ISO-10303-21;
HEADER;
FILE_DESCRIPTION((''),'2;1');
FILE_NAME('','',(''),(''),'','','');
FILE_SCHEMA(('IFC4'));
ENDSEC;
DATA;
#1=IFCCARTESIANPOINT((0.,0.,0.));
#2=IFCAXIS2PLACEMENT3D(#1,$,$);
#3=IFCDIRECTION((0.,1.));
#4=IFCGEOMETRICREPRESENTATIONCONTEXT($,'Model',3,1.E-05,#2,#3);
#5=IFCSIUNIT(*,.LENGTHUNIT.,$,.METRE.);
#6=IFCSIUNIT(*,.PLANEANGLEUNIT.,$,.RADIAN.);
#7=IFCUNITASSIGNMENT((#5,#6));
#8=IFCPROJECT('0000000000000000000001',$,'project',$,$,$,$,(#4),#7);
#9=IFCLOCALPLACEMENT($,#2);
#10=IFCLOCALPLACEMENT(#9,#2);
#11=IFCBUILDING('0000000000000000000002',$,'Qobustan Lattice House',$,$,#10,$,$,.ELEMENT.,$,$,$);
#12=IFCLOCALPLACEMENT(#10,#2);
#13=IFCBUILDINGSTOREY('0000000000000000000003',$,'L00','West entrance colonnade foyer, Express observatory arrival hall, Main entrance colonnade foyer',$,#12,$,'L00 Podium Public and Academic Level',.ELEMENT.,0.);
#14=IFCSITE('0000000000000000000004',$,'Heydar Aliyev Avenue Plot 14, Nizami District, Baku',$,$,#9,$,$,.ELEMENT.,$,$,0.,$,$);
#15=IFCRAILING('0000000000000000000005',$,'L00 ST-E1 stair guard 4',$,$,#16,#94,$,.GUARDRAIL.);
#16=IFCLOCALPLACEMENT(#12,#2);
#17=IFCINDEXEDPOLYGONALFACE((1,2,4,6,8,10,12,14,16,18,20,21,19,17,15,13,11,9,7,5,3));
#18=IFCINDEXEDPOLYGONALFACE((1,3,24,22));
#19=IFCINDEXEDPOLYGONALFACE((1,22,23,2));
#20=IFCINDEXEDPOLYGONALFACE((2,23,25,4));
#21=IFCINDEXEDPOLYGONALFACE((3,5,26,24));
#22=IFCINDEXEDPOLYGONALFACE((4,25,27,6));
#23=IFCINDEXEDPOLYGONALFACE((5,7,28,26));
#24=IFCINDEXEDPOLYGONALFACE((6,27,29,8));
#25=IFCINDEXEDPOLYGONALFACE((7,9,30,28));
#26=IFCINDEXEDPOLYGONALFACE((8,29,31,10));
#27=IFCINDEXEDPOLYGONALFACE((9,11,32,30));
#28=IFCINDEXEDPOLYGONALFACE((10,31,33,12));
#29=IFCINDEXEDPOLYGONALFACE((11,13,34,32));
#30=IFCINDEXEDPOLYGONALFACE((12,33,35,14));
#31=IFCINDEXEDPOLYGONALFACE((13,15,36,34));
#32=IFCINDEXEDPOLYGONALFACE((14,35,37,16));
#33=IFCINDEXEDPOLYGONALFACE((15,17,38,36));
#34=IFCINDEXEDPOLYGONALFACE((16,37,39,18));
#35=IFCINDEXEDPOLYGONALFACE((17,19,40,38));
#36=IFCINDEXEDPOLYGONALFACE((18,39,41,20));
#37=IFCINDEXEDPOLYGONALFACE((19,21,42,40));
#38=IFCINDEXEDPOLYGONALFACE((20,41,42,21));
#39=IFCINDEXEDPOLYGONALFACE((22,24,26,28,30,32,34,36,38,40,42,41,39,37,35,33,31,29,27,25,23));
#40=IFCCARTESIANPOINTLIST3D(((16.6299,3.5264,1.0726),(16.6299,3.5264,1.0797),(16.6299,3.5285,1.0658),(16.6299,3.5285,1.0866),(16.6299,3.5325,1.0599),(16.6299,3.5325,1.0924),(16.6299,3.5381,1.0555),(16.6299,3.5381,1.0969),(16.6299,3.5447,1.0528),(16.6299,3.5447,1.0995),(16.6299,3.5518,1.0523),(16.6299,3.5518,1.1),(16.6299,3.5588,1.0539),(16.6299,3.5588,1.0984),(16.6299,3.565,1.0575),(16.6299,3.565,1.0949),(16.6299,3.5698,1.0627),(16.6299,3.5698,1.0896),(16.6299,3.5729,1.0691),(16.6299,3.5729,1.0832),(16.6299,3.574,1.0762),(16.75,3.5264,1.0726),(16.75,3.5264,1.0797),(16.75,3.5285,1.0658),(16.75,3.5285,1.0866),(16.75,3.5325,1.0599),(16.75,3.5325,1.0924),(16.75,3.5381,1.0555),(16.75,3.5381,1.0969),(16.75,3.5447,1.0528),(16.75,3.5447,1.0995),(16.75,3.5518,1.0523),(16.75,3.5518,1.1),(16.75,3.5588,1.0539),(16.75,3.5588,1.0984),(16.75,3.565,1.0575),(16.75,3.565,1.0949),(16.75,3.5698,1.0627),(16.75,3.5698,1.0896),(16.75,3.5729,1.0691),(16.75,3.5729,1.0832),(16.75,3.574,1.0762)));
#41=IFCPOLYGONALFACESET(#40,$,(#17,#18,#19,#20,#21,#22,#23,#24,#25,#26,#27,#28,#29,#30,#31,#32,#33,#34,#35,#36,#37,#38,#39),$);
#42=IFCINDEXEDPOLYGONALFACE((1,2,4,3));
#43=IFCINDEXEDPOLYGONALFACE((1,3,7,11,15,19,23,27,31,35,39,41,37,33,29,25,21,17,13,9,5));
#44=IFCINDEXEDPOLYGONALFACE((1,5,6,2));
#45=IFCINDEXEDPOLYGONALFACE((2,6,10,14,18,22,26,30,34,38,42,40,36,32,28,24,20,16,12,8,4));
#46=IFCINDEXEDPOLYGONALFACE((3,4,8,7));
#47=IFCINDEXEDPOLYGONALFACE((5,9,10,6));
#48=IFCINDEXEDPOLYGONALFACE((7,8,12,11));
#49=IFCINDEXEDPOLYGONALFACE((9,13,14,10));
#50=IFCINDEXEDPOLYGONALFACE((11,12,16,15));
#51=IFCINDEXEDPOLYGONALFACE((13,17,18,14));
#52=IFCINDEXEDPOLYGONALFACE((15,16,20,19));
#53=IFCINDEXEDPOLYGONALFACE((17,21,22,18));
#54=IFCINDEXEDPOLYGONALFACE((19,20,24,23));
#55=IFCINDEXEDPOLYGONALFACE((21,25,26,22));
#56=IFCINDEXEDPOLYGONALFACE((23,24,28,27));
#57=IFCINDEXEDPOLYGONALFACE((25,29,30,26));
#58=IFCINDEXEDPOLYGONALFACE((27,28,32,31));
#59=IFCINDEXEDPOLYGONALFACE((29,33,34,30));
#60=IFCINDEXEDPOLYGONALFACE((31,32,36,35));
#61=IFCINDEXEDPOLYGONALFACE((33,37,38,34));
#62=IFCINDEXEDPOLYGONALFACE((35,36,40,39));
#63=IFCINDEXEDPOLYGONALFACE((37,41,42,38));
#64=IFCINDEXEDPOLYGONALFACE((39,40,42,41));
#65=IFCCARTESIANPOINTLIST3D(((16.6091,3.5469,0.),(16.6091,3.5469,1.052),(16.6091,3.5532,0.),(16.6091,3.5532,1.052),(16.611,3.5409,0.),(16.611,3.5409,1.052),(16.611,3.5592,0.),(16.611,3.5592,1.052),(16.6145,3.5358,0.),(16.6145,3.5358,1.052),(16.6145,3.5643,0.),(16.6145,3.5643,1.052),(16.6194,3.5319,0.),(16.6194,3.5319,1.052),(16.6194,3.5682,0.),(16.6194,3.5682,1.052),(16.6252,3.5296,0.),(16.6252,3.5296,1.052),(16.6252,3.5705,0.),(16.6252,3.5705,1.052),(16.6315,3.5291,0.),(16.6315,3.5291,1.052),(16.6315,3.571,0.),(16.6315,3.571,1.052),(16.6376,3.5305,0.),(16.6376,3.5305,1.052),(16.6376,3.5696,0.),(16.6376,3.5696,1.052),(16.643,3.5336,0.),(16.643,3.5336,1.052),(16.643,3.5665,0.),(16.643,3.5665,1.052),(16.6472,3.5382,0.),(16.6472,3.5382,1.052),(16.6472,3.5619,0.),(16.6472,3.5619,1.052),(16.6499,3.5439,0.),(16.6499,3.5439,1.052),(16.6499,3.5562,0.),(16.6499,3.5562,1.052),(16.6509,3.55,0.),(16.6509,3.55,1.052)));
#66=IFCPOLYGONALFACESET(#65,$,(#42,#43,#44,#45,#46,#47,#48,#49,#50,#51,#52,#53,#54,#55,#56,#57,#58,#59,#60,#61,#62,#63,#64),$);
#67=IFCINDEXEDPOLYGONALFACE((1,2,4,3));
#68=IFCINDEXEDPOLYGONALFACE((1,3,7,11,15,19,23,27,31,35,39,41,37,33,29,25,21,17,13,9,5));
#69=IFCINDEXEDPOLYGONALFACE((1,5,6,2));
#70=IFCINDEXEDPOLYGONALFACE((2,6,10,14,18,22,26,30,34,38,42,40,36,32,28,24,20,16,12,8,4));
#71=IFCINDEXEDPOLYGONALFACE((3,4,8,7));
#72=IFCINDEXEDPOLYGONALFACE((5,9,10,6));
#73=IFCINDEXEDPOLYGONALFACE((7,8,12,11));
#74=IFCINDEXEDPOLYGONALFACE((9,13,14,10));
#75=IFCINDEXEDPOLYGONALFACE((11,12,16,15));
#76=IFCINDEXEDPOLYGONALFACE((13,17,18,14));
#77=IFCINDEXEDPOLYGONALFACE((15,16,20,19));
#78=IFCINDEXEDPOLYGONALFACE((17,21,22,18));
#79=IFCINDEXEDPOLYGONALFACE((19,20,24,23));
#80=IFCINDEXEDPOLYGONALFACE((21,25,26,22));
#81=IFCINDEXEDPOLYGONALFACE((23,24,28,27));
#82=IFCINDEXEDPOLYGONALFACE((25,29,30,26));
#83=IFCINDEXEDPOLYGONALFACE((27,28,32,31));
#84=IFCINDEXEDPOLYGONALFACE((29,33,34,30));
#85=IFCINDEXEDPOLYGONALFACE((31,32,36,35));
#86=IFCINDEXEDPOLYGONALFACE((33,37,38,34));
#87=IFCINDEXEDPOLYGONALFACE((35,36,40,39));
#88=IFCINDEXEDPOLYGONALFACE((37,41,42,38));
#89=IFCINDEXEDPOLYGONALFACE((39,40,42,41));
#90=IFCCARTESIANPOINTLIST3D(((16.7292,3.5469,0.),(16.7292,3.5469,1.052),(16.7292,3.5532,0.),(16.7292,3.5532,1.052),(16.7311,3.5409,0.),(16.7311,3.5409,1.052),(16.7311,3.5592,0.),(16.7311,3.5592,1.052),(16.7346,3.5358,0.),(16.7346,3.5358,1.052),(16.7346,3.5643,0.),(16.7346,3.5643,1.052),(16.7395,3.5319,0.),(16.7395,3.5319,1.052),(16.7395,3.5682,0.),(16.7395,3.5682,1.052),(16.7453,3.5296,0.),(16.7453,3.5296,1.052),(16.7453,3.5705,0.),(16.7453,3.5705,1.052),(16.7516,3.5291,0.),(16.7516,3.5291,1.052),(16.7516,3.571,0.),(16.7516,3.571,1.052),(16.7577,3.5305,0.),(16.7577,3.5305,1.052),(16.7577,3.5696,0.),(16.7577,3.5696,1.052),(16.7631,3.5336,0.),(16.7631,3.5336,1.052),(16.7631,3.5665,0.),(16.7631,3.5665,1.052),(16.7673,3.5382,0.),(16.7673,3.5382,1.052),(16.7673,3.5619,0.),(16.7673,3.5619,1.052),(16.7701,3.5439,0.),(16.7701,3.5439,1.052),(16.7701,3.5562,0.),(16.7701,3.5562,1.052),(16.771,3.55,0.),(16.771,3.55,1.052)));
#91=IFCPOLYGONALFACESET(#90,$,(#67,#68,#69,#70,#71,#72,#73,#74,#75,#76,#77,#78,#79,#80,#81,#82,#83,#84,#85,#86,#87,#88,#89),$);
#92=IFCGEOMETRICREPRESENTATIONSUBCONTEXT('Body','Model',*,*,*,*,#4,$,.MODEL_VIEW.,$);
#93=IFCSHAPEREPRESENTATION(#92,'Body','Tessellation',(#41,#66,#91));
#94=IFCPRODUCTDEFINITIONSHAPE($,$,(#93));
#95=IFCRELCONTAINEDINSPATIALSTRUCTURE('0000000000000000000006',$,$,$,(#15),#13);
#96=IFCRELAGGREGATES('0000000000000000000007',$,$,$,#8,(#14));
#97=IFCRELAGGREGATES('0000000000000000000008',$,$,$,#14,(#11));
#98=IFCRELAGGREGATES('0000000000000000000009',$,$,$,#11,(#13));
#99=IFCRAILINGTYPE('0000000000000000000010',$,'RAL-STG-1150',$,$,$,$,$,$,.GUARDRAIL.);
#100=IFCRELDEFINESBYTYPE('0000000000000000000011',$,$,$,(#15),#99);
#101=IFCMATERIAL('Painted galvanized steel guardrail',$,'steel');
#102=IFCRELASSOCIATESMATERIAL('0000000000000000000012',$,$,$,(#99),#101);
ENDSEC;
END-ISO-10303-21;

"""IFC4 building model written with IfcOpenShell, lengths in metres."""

from ifc_helpers import new_model, si_unit, direction, frame, origin, origin_2d, place, context, subcontext, project, spatial, circle, extrude, material, type_object, element, save


model = new_model("IFC4")

# Units and contexts
model_context = context("Model", 3, precision=1e-05, world=origin(), true_north=direction((0.0, 1.0)))
body_context = subcontext(model_context, "Body", "Model", "MODEL_VIEW")
ifc_project = project(units=[si_unit("LENGTHUNIT", "METRE"), si_unit("PLANEANGLEUNIT", "RADIAN")], contexts=[model_context])

# Site, building, storey
site_placement = place(None, origin())
site = spatial("IfcSite", under=ifc_project, at=site_placement, Name="Heydar Aliyev Avenue Plot 14, Nizami District, Baku", CompositionType="ELEMENT", RefElevation=0.0)
building_placement = place(site_placement, origin())
building = spatial("IfcBuilding", under=site, at=building_placement, Name="Qobustan Lattice House", CompositionType="ELEMENT")
storey_placement = place(building_placement, origin())
storey = spatial("IfcBuildingStorey", under=building, at=storey_placement, Name="L00", Description="West entrance colonnade foyer, Express observatory arrival hall, Main entrance colonnade foyer", LongName="L00 Podium Public and Academic Level", CompositionType="ELEMENT", Elevation=0.0)

# Railing
ifc_material_1 = material(Name="Painted galvanized steel guardrail", Category="steel")
railing_type_1 = type_object("IfcRailingType", Name="RAL-STG-1150", PredefinedType="GUARDRAIL", material=ifc_material_1)
railing_1_placement = place(storey_placement, frame((16.6299, 3.55, 0.0)))
element("IfcRailing", 1, at=railing_1_placement, inside=storey, type_object=railing_type_1, Name="L00 ST-E1 stair guard 4", PredefinedType="GUARDRAIL", context=body_context, shape_type="SweptSolid", body=[
    extrude(circle(Radius=0.0239, at=origin_2d()), frame((0.0, 0.0, 1.0762), z_axis=(1.0, 0.0, 0.0), x_axis=(0.0, 1.0, 0.0)), (0.0, 0.0, 1.0), 0.1201),
    extrude(circle(Radius=0.021, at=origin_2d()), origin(), (0.0, 0.0, 1.0), 1.052),
    extrude(circle(Radius=0.021, at=origin_2d()), frame((0.1201, 0.0, 0.0)), (0.0, 0.0, 1.0), 1.052),
])

save(model, "model.ifc")
